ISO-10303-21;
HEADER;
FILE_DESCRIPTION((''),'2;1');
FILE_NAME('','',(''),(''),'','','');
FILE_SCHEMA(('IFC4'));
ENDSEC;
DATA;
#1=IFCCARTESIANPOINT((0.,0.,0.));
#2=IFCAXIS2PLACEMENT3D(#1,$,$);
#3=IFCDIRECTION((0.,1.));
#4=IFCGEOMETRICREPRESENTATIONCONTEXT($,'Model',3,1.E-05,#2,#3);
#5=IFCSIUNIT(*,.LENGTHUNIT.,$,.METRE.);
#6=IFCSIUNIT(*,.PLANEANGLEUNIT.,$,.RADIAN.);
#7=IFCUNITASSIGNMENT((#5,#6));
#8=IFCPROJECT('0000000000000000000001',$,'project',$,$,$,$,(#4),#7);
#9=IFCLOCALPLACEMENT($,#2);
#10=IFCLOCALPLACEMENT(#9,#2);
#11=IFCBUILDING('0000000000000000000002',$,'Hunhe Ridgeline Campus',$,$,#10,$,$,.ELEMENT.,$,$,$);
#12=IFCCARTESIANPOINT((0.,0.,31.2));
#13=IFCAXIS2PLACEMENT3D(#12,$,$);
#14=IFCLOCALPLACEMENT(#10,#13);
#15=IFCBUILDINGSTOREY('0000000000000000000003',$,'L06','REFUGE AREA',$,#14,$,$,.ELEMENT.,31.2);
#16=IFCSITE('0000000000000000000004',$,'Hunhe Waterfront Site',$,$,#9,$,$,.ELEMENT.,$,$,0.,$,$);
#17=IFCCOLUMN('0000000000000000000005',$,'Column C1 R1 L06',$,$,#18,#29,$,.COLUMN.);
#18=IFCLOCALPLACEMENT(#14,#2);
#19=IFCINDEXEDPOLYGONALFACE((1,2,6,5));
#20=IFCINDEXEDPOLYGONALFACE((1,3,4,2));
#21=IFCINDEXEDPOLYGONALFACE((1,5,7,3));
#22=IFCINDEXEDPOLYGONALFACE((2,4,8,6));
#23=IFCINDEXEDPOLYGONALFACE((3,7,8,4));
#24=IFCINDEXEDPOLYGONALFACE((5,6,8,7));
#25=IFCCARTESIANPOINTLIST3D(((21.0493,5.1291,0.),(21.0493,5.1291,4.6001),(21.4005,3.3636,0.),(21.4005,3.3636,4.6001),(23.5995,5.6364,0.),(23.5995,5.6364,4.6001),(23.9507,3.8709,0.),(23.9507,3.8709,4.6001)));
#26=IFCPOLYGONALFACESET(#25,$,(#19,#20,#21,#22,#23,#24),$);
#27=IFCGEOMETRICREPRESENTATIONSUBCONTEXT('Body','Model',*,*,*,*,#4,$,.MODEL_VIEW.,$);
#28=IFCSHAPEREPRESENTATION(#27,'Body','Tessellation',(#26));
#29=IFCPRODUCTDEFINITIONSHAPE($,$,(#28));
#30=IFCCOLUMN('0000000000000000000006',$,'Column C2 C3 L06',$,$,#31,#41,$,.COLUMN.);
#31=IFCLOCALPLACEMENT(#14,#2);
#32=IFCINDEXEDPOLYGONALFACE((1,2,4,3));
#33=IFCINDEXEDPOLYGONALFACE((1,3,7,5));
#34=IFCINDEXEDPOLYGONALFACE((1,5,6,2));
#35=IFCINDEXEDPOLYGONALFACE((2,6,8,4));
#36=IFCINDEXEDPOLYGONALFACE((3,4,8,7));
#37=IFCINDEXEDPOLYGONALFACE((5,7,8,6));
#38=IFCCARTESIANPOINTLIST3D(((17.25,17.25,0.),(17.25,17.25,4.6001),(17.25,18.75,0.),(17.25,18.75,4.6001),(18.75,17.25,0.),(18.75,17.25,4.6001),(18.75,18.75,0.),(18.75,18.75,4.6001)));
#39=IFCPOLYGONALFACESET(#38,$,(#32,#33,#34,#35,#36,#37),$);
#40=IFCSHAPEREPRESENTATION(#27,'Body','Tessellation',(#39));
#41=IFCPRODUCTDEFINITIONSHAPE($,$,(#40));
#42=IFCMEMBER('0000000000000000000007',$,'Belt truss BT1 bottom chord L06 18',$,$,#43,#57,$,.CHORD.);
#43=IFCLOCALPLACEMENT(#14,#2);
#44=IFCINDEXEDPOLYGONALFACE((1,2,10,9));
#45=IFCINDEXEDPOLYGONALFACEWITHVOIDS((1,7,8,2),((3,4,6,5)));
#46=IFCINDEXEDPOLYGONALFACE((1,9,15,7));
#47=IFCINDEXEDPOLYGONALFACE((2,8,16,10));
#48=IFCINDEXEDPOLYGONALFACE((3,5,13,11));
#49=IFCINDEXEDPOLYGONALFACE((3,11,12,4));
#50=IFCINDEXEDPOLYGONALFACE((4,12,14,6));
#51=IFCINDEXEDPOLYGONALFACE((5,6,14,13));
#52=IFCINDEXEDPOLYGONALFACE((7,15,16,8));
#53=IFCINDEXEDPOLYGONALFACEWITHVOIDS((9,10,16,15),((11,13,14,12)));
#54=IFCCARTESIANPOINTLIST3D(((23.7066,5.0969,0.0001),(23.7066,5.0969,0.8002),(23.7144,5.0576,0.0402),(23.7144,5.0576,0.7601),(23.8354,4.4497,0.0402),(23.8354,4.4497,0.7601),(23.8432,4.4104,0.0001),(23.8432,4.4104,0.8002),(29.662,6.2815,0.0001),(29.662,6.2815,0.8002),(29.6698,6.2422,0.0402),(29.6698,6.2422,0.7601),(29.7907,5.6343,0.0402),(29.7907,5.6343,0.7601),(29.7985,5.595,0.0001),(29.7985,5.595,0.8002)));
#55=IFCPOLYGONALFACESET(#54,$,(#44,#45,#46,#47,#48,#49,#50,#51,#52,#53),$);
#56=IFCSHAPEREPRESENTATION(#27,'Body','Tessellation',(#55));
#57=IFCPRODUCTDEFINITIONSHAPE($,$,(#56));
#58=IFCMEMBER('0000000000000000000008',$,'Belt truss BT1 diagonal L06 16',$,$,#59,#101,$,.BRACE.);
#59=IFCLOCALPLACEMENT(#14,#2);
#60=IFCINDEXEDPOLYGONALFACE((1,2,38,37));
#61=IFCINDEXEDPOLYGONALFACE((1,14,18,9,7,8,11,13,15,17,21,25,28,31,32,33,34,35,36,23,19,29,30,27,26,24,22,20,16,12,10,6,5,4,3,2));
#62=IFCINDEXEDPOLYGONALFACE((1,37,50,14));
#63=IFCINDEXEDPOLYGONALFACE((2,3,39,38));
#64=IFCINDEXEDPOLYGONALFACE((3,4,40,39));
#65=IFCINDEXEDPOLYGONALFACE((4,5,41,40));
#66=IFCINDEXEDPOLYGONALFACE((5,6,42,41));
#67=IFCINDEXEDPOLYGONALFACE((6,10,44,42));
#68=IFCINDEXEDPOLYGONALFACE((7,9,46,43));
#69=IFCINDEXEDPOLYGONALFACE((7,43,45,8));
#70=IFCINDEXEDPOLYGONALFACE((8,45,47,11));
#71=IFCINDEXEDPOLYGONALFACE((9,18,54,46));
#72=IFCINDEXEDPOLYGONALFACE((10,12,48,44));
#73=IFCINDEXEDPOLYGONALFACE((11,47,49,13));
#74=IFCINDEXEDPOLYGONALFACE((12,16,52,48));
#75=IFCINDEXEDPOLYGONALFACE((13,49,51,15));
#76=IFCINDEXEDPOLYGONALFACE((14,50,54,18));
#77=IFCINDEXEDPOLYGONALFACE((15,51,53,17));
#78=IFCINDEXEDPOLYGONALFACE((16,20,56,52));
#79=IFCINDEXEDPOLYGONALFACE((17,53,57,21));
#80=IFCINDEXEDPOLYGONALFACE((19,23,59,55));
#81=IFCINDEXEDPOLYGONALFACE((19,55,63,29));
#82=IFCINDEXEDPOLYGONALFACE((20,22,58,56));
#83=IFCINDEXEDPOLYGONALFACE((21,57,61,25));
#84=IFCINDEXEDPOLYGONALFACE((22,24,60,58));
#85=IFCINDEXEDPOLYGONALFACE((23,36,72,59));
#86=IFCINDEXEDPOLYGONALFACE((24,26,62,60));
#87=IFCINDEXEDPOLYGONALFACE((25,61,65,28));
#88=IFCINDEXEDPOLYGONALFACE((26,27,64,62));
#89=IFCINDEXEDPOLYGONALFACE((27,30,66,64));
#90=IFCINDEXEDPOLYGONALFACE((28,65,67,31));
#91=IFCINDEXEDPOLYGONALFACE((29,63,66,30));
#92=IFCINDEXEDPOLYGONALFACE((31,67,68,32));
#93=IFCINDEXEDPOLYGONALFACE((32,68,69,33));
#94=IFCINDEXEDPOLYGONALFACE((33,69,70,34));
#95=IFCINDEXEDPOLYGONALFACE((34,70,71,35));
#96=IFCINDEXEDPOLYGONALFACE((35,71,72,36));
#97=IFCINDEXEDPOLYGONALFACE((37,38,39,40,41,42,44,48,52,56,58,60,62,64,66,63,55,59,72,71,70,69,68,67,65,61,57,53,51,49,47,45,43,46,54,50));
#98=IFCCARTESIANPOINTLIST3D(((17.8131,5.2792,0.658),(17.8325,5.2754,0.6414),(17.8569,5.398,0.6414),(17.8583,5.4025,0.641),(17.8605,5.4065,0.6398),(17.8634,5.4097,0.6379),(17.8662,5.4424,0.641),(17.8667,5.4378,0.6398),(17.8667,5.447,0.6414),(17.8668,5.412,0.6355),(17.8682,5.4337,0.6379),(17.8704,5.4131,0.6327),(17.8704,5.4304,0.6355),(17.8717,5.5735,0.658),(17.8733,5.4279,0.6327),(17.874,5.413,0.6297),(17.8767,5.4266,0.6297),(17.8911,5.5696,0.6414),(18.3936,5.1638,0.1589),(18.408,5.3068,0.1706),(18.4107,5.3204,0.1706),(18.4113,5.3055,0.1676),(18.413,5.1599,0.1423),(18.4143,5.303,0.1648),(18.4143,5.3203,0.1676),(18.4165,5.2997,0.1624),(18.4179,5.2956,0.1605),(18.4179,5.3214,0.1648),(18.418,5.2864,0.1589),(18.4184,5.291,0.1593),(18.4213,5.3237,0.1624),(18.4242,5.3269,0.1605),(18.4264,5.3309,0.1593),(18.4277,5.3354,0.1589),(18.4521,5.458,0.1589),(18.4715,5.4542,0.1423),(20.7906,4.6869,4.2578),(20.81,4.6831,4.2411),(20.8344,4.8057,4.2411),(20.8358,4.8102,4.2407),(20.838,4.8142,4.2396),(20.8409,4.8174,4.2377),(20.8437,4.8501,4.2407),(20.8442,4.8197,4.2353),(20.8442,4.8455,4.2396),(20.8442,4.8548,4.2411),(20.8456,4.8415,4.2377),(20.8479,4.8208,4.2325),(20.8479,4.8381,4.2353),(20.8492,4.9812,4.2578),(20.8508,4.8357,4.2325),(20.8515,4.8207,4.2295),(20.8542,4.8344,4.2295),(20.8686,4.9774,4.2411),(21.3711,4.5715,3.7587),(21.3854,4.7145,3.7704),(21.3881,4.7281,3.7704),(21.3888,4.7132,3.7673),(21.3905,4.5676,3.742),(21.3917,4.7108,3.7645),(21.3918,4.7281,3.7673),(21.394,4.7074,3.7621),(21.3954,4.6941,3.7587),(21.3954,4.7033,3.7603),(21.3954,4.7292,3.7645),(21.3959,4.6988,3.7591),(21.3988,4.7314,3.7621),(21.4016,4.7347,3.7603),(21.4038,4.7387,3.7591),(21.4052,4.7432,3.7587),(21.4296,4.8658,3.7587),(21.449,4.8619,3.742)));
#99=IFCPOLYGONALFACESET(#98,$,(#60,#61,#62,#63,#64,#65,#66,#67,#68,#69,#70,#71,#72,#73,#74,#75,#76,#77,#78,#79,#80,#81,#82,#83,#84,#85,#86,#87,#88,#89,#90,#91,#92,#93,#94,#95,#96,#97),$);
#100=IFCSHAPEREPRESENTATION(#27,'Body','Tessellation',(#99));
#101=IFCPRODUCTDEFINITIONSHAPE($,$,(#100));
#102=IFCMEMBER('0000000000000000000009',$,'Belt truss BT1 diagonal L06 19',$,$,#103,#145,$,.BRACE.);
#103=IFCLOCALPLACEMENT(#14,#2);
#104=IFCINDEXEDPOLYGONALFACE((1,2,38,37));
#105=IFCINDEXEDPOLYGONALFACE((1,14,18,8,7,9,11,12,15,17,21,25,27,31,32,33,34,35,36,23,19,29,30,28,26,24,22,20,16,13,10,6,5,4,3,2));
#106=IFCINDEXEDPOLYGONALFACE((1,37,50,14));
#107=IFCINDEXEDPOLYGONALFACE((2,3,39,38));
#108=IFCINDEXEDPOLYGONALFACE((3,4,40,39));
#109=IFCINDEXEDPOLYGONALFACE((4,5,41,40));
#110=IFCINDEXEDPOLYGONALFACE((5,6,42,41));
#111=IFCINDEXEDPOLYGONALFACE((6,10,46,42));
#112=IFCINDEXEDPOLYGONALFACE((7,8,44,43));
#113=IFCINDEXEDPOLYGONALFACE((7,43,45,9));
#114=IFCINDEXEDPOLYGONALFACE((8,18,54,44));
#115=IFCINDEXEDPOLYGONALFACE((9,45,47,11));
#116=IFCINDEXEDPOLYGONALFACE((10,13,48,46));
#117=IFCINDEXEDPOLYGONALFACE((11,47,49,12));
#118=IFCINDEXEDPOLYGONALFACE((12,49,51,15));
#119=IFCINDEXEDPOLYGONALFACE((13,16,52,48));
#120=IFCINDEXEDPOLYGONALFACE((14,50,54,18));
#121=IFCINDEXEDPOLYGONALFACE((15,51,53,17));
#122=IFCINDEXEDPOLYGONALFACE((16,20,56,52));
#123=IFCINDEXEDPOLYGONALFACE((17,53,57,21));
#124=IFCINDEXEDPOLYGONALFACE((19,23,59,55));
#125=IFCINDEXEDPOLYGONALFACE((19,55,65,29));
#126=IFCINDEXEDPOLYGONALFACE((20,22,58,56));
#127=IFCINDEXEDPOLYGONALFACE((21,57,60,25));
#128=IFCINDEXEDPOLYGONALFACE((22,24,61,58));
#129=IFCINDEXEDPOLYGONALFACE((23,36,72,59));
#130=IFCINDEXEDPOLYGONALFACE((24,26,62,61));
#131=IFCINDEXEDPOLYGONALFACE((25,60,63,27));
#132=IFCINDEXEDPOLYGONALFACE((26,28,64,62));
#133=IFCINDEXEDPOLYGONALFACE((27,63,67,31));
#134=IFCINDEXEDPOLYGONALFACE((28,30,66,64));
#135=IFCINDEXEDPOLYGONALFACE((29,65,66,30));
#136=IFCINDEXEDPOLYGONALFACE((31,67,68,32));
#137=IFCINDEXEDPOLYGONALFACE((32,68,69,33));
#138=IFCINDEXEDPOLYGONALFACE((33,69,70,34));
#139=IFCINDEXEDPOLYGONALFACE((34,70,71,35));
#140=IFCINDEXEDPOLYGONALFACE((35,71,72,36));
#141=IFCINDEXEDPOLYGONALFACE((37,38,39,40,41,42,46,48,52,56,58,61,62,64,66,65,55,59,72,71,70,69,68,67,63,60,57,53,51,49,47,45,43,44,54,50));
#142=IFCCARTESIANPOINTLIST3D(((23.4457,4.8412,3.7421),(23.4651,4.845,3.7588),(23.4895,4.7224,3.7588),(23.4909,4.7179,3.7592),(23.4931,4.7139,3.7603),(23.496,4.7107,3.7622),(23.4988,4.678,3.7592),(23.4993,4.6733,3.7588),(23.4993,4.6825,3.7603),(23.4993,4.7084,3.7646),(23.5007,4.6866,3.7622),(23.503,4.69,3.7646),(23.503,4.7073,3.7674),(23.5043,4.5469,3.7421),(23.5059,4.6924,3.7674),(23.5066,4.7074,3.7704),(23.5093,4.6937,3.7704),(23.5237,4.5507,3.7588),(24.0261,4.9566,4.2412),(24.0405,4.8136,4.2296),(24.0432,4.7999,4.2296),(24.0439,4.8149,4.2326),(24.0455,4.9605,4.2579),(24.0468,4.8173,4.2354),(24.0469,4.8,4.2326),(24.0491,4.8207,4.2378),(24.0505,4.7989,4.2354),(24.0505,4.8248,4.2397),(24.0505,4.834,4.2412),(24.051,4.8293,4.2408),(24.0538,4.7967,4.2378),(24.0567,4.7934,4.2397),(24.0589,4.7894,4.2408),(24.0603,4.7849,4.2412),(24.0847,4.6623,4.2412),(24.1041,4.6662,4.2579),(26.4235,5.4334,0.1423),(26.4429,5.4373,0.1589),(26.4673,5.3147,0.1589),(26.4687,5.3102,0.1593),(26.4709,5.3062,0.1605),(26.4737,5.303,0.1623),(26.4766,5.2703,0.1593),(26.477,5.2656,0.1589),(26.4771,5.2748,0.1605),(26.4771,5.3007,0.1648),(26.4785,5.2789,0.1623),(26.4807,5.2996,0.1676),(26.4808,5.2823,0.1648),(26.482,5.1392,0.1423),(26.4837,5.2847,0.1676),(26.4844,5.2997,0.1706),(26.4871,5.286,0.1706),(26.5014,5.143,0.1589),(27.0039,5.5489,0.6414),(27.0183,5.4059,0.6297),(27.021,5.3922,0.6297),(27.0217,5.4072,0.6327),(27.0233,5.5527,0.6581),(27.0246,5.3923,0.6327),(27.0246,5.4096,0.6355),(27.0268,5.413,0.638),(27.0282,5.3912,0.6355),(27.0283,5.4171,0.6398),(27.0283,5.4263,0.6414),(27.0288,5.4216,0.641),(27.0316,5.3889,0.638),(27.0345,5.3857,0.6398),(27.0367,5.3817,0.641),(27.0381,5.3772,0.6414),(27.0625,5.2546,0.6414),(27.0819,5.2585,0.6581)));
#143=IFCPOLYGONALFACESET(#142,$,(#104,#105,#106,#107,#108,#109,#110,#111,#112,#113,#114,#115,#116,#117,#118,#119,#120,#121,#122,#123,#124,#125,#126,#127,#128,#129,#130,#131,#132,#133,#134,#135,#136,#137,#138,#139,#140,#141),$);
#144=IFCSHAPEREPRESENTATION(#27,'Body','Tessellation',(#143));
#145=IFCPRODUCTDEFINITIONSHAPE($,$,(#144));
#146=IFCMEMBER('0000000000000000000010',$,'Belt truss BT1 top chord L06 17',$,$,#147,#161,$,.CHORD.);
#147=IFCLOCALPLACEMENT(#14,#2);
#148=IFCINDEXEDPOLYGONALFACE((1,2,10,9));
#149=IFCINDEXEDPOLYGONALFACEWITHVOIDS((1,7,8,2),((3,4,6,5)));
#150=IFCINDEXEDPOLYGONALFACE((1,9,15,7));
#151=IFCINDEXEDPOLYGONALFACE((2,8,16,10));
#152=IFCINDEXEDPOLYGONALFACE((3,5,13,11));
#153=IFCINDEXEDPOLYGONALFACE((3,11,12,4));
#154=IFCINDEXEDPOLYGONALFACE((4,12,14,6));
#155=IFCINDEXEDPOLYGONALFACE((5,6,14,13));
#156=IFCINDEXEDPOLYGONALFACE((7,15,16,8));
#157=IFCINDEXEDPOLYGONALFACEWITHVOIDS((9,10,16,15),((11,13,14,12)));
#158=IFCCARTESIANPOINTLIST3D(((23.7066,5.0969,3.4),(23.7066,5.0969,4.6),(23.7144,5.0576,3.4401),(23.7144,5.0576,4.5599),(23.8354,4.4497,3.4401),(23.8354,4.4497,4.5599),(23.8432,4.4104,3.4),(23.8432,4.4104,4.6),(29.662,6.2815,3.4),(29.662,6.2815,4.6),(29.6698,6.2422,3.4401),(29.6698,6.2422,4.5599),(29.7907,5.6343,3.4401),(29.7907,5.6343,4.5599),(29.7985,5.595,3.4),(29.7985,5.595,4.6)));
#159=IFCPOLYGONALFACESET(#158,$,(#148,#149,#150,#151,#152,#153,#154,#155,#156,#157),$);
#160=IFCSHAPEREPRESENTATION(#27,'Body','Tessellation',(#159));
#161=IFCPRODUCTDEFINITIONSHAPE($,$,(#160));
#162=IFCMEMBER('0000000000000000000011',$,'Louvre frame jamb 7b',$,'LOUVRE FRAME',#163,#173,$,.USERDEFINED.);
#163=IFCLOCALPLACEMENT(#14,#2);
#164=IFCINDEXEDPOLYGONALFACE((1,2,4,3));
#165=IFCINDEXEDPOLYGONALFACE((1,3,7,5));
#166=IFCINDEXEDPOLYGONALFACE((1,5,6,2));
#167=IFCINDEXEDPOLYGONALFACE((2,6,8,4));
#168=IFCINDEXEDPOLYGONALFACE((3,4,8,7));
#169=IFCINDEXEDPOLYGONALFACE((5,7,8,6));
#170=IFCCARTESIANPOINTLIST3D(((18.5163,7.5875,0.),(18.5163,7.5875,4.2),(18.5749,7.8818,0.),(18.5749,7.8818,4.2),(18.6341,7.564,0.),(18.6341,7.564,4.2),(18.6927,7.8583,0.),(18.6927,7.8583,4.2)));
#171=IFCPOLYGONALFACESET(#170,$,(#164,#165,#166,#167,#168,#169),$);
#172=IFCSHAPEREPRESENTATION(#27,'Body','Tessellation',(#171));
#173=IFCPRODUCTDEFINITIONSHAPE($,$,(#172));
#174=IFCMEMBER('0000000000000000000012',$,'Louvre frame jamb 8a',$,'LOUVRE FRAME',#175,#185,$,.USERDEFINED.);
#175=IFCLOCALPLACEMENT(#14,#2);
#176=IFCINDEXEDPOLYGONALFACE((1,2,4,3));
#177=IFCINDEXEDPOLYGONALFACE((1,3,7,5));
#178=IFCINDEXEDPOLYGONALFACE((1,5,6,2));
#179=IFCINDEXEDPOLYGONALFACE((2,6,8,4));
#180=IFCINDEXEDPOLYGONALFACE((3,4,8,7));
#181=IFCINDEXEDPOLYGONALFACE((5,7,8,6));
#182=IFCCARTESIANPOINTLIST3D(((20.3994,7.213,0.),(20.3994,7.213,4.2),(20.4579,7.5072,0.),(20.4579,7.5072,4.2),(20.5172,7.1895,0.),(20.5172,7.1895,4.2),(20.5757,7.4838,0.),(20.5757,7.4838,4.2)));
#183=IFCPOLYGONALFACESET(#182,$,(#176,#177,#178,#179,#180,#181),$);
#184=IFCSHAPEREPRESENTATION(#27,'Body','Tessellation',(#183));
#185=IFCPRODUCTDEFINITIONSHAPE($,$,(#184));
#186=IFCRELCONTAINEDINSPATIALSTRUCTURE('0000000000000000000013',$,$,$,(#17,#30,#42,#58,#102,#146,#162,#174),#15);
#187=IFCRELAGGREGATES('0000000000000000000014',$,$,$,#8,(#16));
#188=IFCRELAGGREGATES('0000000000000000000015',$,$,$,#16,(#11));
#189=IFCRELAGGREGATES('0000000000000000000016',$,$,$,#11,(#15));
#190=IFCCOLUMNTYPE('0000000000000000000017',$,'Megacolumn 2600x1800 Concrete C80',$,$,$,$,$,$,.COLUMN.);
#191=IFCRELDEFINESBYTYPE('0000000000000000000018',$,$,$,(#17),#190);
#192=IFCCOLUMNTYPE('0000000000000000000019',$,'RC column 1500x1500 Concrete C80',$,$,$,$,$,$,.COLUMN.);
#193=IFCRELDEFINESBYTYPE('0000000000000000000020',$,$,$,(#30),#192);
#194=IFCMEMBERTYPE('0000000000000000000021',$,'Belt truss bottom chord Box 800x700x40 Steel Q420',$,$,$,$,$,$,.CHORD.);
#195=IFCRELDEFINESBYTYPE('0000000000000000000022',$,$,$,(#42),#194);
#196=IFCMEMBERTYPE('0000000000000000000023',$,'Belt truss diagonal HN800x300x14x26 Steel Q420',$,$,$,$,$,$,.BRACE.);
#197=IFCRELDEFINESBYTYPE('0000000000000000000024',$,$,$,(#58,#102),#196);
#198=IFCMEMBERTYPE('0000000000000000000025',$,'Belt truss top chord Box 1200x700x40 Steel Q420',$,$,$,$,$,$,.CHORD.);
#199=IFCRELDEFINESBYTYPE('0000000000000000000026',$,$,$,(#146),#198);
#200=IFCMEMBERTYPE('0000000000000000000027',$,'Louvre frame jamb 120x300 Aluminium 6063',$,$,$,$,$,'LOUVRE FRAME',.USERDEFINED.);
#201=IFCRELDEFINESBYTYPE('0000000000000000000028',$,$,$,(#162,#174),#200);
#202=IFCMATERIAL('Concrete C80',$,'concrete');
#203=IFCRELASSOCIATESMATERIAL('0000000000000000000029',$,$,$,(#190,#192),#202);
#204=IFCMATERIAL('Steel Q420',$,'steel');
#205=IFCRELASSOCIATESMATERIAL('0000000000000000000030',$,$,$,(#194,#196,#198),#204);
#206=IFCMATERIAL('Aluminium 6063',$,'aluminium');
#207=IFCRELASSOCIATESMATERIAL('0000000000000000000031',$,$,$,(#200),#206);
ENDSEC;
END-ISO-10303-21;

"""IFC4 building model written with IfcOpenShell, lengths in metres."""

from ifc_helpers import new_model, si_unit, direction, frame, origin, origin_2d, place, context, subcontext, project, spatial, rectangle, hollow_rectangle, i_section, extrude, material, material_profile, profile_set, type_object, element, save


model = new_model("IFC4")

# Units and contexts
model_context = context("Model", 3, precision=1e-05, world=origin(), true_north=direction((0.0, 1.0)))
body_context = subcontext(model_context, "Body", "Model", "MODEL_VIEW")
ifc_project = project(units=[si_unit("LENGTHUNIT", "METRE"), si_unit("PLANEANGLEUNIT", "RADIAN")], contexts=[model_context])

# Site, building, storey
site_placement = place(None, origin())
site = spatial("IfcSite", under=ifc_project, at=site_placement, Name="Hunhe Waterfront Site", CompositionType="ELEMENT", RefElevation=0.0)
building_placement = place(site_placement, origin())
building = spatial("IfcBuilding", under=site, at=building_placement, Name="Hunhe Ridgeline Campus", CompositionType="ELEMENT")
storey_placement = place(building_placement, frame((0.0, 0.0, 31.2)))
storey = spatial("IfcBuildingStorey", under=building, at=storey_placement, Name="L06", Description="REFUGE AREA", CompositionType="ELEMENT", Elevation=31.2)

# Columns
ifc_material_1 = material(Name="Concrete C80", Category="concrete")
ifc_material_profile_1 = material_profile(ifc_material_1, rectangle(XDim=2.6001, YDim=1.8, at=origin_2d()))
ifc_profile_set_1 = profile_set([ifc_material_profile_1], Name="Concrete C80")
column_type_1 = type_object("IfcColumnType", Name="Megacolumn 2600x1800 Concrete C80", PredefinedType="COLUMN", material=ifc_profile_set_1)
column_1_placement = place(storey_placement, frame((22.5, 4.5, 0.0), z_axis=(0.0, 0.0, 1.0), x_axis=(0.980785, 0.19509, 0.0)))
element("IfcColumn", 1, at=column_1_placement, inside=storey, type_object=column_type_1, Name="Column C1 R1 L06", PredefinedType="COLUMN", context=body_context, shape_type="SweptSolid", body=[
    extrude(rectangle(XDim=2.6001, YDim=1.8, at=origin_2d()), origin(), (0.0, 0.0, 1.0), 4.6001),
])
ifc_material_profile_2 = material_profile(ifc_material_1, rectangle(XDim=1.5, YDim=1.5, at=origin_2d()))
ifc_profile_set_2 = profile_set([ifc_material_profile_2], Name="Concrete C80")
column_type_2 = type_object("IfcColumnType", Name="RC column 1500x1500 Concrete C80", PredefinedType="COLUMN", material=ifc_profile_set_2)
column_2_placement = place(storey_placement, frame((18.0, 18.0, 0.0), z_axis=(0.0, 0.0, 1.0), x_axis=(1.0, 0.0, 0.0)))
element("IfcColumn", 2, at=column_2_placement, inside=storey, type_object=column_type_2, Name="Column C2 C3 L06", PredefinedType="COLUMN", context=body_context, shape_type="SweptSolid", body=[
    extrude(rectangle(XDim=1.5, YDim=1.5, at=origin_2d()), origin(), (0.0, 0.0, 1.0), 4.6001),
])

# Members
ifc_material_2 = material(Name="Steel Q420", Category="steel")
ifc_material_profile_3 = material_profile(ifc_material_2, hollow_rectangle(XDim=0.7, YDim=0.8, WallThickness=0.04, at=origin_2d()))
ifc_profile_set_3 = profile_set([ifc_material_profile_3], Name="Steel Q420")
member_type_1 = type_object("IfcMemberType", Name="Belt truss bottom chord Box 800x700x40 Steel Q420", PredefinedType="CHORD", material=ifc_profile_set_3)
member_1_placement = place(storey_placement, frame((23.7749, 4.7537, 0.4001), z_axis=(0.980786, 0.195088, 0.0), x_axis=(-0.195088, 0.980786, 0.0)))
element("IfcMember", 3, at=member_1_placement, inside=storey, type_object=member_type_1, Name="Belt truss BT1 bottom chord L06 18", PredefinedType="CHORD", context=body_context, shape_type="SweptSolid", body=[
    extrude(hollow_rectangle(XDim=0.7, YDim=0.8, WallThickness=0.04, at=origin_2d()), origin(), (0.0, 0.0, 1.0), 6.072),
])
ifc_material_profile_4 = material_profile(ifc_material_2, i_section(OverallWidth=0.3, OverallDepth=0.8, WebThickness=0.0139, FlangeThickness=0.0259, FilletRadius=0.0181, at=origin_2d()))
ifc_profile_set_4 = profile_set([ifc_material_profile_4], Name="Steel Q420")
member_type_2 = type_object("IfcMemberType", Name="Belt truss diagonal HN800x300x14x26 Steel Q420", PredefinedType="BRACE", material=ifc_profile_set_4)
member_2_placement = place(storey_placement, frame((18.1423, 5.3667, 0.4001), z_axis=(0.632297, -0.125775, 0.764449), x_axis=(0.195095, 0.980784, 0.0)))
element("IfcMember", 4, at=member_2_placement, inside=storey, type_object=member_type_2, Name="Belt truss BT1 diagonal L06 16", PredefinedType="BRACE", context=body_context, shape_type="SweptSolid", body=[
    extrude(i_section(OverallWidth=0.3, OverallDepth=0.8, WebThickness=0.0139, FlangeThickness=0.0259, FilletRadius=0.0181, at=origin_2d()), origin(), (0.0, 0.0, 1.0), 4.709),
])
member_3_placement = place(storey_placement, frame((23.7749, 4.7537, 4.0), z_axis=(0.632328, 0.125771, -0.764423), x_axis=(-0.19508, 0.980787, 0.0)))
element("IfcMember", 5, at=member_3_placement, inside=storey, type_object=member_type_2, Name="Belt truss BT1 diagonal L06 19", PredefinedType="BRACE", context=body_context, shape_type="SweptSolid", body=[
    extrude(i_section(OverallWidth=0.3, OverallDepth=0.8, WebThickness=0.0139, FlangeThickness=0.0259, FilletRadius=0.0181, at=origin_2d()), origin(), (0.0, 0.0, 1.0), 4.7092),
])
ifc_material_profile_5 = material_profile(ifc_material_2, hollow_rectangle(XDim=0.7, YDim=1.2, WallThickness=0.04, at=origin_2d()))
ifc_profile_set_5 = profile_set([ifc_material_profile_5], Name="Steel Q420")
member_type_3 = type_object("IfcMemberType", Name="Belt truss top chord Box 1200x700x40 Steel Q420", PredefinedType="CHORD", material=ifc_profile_set_5)
member_4_placement = place(storey_placement, frame((23.7749, 4.7537, 4.0), z_axis=(0.980786, 0.195088, 0.0), x_axis=(-0.195088, 0.980786, 0.0)))
element("IfcMember", 6, at=member_4_placement, inside=storey, type_object=member_type_3, Name="Belt truss BT1 top chord L06 17", PredefinedType="CHORD", context=body_context, shape_type="SweptSolid", body=[
    extrude(hollow_rectangle(XDim=0.7, YDim=1.2, WallThickness=0.04, at=origin_2d()), origin(), (0.0, 0.0, 1.0), 6.072),
])
ifc_material_3 = material(Name="Aluminium 6063", Category="aluminium")
ifc_material_profile_6 = material_profile(ifc_material_3, rectangle(XDim=0.3, YDim=0.1201, at=origin_2d()))
ifc_profile_set_6 = profile_set([ifc_material_profile_6], Name="Aluminium 6063")
member_type_4 = type_object("IfcMemberType", Name="Louvre frame jamb 120x300 Aluminium 6063", ElementType="LOUVRE FRAME", PredefinedType="USERDEFINED", material=ifc_profile_set_6)
for number, where, z_axis, x_axis, name in (
    (7, (18.6045, 7.7229, 0.0), (0.0, 0.0, 1.0), (0.19509, 0.980785, 0.0), "Louvre frame jamb 7b"),
    (8, (20.4875, 7.3484, 0.0), (0.0, 0.0, 1.0), (0.19509, 0.980785, 0.0), "Louvre frame jamb 8a"),
):
    element("IfcMember", number, at=place(storey_placement, frame(where, z_axis=z_axis, x_axis=x_axis)), inside=storey, type_object=member_type_4, Name=name, ObjectType="LOUVRE FRAME", PredefinedType="USERDEFINED", context=body_context, shape_type="SweptSolid", body=[
        extrude(rectangle(XDim=0.3, YDim=0.1201, at=origin_2d()), origin(), (0.0, 0.0, 1.0), 4.2),
    ])

save(model, "model.ifc")
